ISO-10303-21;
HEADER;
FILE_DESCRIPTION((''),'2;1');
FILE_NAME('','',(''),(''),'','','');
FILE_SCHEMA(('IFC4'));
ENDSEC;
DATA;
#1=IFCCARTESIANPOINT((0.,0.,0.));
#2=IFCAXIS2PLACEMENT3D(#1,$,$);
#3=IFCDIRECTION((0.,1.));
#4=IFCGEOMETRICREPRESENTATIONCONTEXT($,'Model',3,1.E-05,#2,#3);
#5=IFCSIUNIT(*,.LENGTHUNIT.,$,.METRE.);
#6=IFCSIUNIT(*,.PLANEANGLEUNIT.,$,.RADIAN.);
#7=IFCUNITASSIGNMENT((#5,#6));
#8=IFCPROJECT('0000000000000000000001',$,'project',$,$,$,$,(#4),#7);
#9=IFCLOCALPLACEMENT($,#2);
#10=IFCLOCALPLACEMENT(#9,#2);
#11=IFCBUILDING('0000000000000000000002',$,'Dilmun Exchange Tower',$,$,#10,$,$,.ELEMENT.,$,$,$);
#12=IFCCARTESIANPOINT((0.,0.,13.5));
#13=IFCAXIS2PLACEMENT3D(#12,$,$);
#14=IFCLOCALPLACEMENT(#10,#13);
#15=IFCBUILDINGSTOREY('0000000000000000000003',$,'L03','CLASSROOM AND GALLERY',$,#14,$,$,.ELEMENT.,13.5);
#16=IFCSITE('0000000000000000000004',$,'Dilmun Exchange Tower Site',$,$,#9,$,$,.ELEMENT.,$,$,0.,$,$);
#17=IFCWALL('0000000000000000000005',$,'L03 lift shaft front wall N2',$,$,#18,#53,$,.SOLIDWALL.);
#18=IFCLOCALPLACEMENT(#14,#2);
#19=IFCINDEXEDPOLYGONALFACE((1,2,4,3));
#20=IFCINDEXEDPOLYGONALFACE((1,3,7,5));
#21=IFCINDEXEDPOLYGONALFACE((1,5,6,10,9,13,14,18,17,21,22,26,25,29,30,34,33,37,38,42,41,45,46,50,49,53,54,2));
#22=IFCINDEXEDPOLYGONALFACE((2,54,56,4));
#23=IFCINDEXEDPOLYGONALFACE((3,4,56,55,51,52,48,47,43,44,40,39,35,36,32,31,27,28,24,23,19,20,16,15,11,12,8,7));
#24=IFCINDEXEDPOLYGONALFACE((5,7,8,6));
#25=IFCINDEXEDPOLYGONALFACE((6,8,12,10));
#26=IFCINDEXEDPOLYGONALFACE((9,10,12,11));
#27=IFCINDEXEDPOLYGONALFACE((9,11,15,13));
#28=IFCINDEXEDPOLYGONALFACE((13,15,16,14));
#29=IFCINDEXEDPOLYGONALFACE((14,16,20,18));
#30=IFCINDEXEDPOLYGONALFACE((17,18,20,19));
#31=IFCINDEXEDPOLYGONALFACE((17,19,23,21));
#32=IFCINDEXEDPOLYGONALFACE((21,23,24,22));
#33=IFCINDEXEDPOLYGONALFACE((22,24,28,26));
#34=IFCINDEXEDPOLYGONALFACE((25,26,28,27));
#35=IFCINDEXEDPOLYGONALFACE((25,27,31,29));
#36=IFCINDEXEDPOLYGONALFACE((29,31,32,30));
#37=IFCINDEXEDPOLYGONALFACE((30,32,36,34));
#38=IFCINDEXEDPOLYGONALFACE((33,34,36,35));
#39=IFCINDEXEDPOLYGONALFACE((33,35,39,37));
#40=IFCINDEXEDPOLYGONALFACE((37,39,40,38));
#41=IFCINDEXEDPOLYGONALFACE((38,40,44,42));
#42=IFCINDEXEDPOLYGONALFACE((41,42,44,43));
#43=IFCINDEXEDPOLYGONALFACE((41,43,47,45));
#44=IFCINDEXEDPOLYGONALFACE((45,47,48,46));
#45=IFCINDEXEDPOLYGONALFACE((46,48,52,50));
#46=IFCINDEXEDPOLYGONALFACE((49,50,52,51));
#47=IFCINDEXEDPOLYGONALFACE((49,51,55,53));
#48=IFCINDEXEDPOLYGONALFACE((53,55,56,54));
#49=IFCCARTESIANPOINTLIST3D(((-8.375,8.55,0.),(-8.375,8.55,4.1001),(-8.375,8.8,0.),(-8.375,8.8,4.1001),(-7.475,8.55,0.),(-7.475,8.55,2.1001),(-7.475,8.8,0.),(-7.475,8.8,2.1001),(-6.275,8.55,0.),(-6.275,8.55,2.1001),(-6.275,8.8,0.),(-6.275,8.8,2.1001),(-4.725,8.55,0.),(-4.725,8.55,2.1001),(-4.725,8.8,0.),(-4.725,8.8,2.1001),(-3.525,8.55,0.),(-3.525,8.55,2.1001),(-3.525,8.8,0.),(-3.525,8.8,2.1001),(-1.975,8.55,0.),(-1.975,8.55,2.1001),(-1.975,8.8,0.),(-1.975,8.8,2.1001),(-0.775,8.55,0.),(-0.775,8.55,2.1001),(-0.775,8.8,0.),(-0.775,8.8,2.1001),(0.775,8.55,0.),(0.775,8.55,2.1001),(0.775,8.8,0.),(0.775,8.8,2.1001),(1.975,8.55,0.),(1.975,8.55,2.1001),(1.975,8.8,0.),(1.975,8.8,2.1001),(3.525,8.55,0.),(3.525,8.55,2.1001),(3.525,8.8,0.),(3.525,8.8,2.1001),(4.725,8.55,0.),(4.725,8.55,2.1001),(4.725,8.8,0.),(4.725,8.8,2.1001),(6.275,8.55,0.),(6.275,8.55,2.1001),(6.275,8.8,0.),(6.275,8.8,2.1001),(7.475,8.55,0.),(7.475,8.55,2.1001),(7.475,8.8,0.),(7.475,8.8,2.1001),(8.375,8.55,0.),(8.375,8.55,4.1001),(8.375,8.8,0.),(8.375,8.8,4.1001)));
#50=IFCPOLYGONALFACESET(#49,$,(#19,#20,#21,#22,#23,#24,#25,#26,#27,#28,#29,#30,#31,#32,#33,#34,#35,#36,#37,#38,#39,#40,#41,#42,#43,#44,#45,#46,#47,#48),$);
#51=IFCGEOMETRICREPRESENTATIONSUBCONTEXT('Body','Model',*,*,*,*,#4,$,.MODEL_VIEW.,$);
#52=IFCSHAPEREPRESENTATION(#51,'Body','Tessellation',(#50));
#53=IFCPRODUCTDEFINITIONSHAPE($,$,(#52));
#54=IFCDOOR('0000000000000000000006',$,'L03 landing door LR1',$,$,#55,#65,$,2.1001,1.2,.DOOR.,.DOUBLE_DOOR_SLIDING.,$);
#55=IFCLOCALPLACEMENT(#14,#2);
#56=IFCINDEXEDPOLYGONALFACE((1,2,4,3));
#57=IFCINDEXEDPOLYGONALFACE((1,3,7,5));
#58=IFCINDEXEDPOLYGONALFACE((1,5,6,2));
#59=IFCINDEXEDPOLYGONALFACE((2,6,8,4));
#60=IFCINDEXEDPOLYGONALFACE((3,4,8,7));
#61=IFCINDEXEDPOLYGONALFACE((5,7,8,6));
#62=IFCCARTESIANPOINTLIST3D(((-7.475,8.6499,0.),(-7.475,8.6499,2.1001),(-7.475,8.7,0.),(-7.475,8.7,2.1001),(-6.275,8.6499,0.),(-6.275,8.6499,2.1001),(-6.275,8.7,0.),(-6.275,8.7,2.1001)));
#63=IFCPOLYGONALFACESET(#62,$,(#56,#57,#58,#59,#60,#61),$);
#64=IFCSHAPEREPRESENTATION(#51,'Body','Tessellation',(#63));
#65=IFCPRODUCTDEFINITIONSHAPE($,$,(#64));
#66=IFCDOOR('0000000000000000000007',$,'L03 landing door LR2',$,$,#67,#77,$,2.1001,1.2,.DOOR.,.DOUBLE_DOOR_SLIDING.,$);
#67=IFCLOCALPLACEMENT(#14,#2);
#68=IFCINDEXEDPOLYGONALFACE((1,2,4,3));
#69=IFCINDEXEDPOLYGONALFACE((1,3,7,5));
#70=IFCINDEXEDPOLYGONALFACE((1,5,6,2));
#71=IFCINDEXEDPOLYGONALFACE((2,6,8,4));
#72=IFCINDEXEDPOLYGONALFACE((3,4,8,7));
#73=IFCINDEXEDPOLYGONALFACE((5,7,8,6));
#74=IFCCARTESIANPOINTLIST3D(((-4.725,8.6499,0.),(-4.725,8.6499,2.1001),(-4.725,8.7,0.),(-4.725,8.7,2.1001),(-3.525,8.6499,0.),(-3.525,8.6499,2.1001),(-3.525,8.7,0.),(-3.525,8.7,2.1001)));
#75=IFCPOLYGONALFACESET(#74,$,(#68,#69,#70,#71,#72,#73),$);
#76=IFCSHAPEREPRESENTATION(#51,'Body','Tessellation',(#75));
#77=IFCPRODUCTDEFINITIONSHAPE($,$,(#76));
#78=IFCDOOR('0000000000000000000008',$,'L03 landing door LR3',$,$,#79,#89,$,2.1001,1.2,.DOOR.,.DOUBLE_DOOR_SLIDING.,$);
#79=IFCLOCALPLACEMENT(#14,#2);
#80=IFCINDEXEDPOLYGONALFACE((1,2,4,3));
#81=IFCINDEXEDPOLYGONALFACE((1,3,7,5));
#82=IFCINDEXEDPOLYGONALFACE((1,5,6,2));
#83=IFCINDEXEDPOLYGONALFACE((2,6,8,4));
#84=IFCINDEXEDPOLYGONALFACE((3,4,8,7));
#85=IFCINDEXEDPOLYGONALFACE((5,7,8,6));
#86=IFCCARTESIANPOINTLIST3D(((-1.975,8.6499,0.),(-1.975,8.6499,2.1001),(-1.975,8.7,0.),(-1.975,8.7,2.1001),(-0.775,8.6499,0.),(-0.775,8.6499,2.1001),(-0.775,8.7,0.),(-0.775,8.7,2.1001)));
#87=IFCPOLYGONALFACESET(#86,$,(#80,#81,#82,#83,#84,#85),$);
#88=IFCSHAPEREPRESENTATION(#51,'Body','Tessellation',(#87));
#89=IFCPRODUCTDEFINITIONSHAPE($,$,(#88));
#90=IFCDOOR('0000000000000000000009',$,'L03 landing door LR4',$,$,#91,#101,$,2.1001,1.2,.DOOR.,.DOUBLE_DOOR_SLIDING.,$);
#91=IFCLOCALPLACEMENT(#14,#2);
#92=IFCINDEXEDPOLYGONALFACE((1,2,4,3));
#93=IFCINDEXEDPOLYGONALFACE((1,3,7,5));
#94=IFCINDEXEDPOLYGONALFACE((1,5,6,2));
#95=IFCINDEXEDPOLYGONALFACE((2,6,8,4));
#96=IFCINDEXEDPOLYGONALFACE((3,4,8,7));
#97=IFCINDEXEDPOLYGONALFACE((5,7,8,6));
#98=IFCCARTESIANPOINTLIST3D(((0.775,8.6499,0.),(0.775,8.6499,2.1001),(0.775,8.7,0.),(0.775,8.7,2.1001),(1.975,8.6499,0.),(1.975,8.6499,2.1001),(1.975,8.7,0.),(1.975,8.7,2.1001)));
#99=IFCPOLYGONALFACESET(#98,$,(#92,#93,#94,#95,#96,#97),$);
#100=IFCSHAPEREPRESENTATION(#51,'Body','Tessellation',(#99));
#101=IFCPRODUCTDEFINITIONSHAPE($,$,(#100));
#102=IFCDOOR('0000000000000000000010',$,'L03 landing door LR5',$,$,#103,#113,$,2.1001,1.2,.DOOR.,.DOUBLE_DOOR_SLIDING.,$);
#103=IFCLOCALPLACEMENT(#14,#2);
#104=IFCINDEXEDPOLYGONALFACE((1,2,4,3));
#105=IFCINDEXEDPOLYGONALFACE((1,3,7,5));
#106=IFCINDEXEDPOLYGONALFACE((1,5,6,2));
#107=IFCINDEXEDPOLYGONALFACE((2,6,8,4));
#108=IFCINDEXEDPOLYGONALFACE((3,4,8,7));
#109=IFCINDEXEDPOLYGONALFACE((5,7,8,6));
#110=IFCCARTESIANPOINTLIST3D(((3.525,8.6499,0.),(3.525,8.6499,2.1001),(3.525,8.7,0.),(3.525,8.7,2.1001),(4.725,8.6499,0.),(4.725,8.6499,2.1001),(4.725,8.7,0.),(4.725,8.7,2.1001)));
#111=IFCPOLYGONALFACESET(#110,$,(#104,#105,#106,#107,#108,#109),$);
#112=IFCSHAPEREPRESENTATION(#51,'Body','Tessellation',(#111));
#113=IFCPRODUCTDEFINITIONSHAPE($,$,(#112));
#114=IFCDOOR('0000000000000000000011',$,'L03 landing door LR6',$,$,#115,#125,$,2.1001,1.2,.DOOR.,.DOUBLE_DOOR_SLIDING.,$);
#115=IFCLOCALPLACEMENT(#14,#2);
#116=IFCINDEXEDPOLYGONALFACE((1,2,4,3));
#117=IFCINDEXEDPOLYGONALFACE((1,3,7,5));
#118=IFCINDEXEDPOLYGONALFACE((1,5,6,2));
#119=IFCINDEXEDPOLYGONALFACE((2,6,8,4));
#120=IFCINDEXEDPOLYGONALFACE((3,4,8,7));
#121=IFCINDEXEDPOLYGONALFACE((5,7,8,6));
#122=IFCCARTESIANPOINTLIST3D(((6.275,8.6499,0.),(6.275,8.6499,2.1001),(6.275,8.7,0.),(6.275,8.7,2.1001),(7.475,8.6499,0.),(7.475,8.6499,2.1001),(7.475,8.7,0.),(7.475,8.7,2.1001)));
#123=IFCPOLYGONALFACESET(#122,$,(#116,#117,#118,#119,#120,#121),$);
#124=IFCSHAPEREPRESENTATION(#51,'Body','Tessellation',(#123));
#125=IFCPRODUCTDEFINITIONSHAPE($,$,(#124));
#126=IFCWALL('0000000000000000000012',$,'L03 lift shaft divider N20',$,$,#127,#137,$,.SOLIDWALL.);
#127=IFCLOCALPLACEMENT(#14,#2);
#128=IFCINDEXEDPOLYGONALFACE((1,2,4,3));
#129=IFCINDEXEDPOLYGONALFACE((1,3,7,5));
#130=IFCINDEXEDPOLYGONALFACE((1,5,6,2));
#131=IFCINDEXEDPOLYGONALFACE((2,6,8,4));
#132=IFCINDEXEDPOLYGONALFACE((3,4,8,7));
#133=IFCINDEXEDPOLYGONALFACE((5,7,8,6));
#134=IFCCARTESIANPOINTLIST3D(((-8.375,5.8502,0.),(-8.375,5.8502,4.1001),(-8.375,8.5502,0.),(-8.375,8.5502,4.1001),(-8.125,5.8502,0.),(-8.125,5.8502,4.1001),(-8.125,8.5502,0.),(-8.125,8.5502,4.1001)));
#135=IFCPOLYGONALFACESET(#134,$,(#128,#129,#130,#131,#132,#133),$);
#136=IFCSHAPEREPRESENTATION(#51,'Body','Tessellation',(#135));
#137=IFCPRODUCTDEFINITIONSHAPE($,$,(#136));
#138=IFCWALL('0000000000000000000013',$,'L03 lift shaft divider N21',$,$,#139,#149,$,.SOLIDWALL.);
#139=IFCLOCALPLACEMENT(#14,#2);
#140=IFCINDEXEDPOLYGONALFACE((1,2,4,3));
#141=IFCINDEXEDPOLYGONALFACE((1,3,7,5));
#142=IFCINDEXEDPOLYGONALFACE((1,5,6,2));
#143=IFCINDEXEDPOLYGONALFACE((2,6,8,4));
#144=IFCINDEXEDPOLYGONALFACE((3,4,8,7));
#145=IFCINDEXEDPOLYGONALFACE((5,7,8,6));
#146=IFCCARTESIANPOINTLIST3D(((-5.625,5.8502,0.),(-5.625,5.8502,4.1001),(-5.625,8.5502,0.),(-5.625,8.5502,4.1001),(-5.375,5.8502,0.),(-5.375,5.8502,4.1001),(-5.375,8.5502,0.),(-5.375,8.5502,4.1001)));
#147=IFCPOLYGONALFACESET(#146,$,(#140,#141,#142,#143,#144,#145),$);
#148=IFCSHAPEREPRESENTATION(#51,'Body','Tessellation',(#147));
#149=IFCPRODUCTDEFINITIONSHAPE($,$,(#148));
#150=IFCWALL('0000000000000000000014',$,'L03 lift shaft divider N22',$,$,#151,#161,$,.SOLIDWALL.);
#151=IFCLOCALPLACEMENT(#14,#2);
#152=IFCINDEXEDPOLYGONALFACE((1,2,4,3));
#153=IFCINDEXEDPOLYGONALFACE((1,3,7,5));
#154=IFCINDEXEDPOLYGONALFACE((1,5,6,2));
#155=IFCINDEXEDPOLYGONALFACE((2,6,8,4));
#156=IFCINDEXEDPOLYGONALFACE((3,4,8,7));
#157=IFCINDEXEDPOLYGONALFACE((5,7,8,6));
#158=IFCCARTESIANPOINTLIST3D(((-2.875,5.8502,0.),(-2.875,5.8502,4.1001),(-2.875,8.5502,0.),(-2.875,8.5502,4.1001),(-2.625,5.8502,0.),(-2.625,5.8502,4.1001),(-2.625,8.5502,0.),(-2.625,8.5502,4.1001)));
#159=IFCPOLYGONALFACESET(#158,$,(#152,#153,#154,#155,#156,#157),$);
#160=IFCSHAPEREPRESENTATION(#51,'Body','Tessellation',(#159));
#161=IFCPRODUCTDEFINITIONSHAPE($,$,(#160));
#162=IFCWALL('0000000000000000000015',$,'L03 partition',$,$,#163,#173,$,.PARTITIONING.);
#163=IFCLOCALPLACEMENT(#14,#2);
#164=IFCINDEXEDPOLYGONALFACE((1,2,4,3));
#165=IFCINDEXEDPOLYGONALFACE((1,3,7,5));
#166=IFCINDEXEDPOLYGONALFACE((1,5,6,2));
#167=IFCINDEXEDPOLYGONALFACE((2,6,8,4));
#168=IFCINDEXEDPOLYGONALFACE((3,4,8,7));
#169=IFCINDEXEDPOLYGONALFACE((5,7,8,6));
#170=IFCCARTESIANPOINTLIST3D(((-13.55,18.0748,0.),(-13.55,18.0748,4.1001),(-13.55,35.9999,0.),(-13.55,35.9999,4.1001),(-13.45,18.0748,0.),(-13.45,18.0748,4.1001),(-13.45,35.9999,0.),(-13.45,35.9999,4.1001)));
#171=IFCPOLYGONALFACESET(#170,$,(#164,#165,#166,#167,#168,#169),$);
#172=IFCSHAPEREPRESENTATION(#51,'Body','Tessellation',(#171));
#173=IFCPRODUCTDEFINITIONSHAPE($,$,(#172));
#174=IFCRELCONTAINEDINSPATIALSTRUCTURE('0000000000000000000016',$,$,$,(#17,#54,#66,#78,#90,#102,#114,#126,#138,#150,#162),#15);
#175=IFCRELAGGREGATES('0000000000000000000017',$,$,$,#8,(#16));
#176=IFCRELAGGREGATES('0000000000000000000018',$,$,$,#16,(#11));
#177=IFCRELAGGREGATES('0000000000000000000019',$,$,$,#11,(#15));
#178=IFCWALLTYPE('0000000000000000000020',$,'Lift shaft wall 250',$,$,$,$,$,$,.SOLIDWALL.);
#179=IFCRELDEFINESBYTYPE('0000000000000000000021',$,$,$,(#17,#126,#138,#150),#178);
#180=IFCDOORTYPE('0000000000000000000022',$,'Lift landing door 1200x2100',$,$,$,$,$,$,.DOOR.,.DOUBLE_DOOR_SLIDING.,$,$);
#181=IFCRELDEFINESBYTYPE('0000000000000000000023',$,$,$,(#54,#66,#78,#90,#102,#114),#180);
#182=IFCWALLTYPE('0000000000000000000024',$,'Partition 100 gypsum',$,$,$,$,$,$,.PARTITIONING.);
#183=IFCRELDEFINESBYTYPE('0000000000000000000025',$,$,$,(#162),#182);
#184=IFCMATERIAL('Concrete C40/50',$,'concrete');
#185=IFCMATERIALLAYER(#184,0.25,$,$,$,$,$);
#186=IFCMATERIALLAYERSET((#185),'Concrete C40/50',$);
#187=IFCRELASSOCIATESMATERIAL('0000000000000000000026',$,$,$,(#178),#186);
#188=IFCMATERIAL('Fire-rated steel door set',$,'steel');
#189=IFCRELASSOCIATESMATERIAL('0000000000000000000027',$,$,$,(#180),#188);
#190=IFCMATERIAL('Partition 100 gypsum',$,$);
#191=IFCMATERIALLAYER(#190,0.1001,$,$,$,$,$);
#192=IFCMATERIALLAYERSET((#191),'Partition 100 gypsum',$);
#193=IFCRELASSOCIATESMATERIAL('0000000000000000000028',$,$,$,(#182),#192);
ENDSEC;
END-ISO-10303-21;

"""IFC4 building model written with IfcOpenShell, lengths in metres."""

from ifc_helpers import new_model, si_unit, direction, frame, frame_2d, origin, place, context, subcontext, project, spatial, rectangle, extrude, material, layer, layer_set, type_object, element, fill, save


model = new_model("IFC4")

# Units and contexts
model_context = context("Model", 3, precision=1e-05, world=origin(), true_north=direction((0.0, 1.0)))
body_context = subcontext(model_context, "Body", "Model", "MODEL_VIEW")
ifc_project = project(units=[si_unit("LENGTHUNIT", "METRE"), si_unit("PLANEANGLEUNIT", "RADIAN")], contexts=[model_context])

# Site, building, storey
site_placement = place(None, origin())
site = spatial("IfcSite", under=ifc_project, at=site_placement, Name="Dilmun Exchange Tower Site", CompositionType="ELEMENT", RefElevation=0.0)
building_placement = place(site_placement, origin())
building = spatial("IfcBuilding", under=site, at=building_placement, Name="Dilmun Exchange Tower", CompositionType="ELEMENT")
storey_placement = place(building_placement, frame((0.0, 0.0, 13.5)))
storey = spatial("IfcBuildingStorey", under=building, at=storey_placement, Name="L03", Description="CLASSROOM AND GALLERY", CompositionType="ELEMENT", Elevation=13.5)

# Shared definitions
ifc_material_1 = material(Name="Concrete C40/50", Category="concrete")
ifc_material_2 = material(Name="Fire-rated steel door set", Category="steel")

# Wall, openings, doors
ifc_layer_1 = layer(ifc_material_1, 0.25)
ifc_layer_set_1 = layer_set([ifc_layer_1], Name="Concrete C40/50")
wall_type_1 = type_object("IfcWallType", Name="Lift shaft wall 250", PredefinedType="SOLIDWALL", material=ifc_layer_set_1)
wall_1_placement = place(storey_placement, frame((-8.375, 8.675, 0.0), z_axis=(0.0, 0.0, 1.0), x_axis=(1.0, 0.0, 0.0)))
wall_1 = element("IfcWall", 1, at=wall_1_placement, inside=storey, type_object=wall_type_1, Name="L03 lift shaft front wall N2", PredefinedType="SOLIDWALL", context=body_context, shape_type="SweptSolid", body=[
    extrude(rectangle(XDim=16.75, YDim=0.25, at=frame_2d((8.375, 0.0))), origin(), (0.0, 0.0, 1.0), 4.1001),
])
opening_1_placement = place(wall_1_placement, frame((0.8999, 0.0, 0.0)))
opening_1 = element("IfcOpeningElement", 2, at=opening_1_placement, cuts=wall_1, PredefinedType="OPENING", context=body_context, shape_type="SweptSolid", body=[
    extrude(rectangle(XDim=1.2, YDim=2.1001, at=frame_2d((0.6001, 1.05))), frame((0.0, 0.135, 0.0), z_axis=(0.0, -1.0, 0.0), x_axis=(1.0, 0.0, 0.0)), (0.0, 0.0, 1.0), 0.27),
])
opening_2_placement = place(wall_1_placement, frame((3.6499, 0.0, 0.0)))
opening_2 = element("IfcOpeningElement", 3, at=opening_2_placement, cuts=wall_1, PredefinedType="OPENING", context=body_context, shape_type="SweptSolid", body=[
    extrude(rectangle(XDim=1.2, YDim=2.1001, at=frame_2d((0.6001, 1.05))), frame((0.0, 0.135, 0.0), z_axis=(0.0, -1.0, 0.0), x_axis=(1.0, 0.0, 0.0)), (0.0, 0.0, 1.0), 0.27),
])
opening_3_placement = place(wall_1_placement, frame((6.3999, 0.0, 0.0)))
opening_3 = element("IfcOpeningElement", 4, at=opening_3_placement, cuts=wall_1, PredefinedType="OPENING", context=body_context, shape_type="SweptSolid", body=[
    extrude(rectangle(XDim=1.2, YDim=2.1001, at=frame_2d((0.6001, 1.05))), frame((0.0, 0.135, 0.0), z_axis=(0.0, -1.0, 0.0), x_axis=(1.0, 0.0, 0.0)), (0.0, 0.0, 1.0), 0.27),
])
opening_4_placement = place(wall_1_placement, frame((9.1499, 0.0, 0.0)))
opening_4 = element("IfcOpeningElement", 5, at=opening_4_placement, cuts=wall_1, PredefinedType="OPENING", context=body_context, shape_type="SweptSolid", body=[
    extrude(rectangle(XDim=1.2, YDim=2.1001, at=frame_2d((0.6001, 1.05))), frame((0.0, 0.135, 0.0), z_axis=(0.0, -1.0, 0.0), x_axis=(1.0, 0.0, 0.0)), (0.0, 0.0, 1.0), 0.27),
])
opening_5_placement = place(wall_1_placement, frame((11.8999, 0.0, 0.0)))
opening_5 = element("IfcOpeningElement", 6, at=opening_5_placement, cuts=wall_1, PredefinedType="OPENING", context=body_context, shape_type="SweptSolid", body=[
    extrude(rectangle(XDim=1.2, YDim=2.1001, at=frame_2d((0.6001, 1.05))), frame((0.0, 0.135, 0.0), z_axis=(0.0, -1.0, 0.0), x_axis=(1.0, 0.0, 0.0)), (0.0, 0.0, 1.0), 0.27),
])
opening_6_placement = place(wall_1_placement, frame((14.6499, 0.0, 0.0)))
opening_6 = element("IfcOpeningElement", 7, at=opening_6_placement, cuts=wall_1, PredefinedType="OPENING", context=body_context, shape_type="SweptSolid", body=[
    extrude(rectangle(XDim=1.2, YDim=2.1001, at=frame_2d((0.6001, 1.05))), frame((0.0, 0.135, 0.0), z_axis=(0.0, -1.0, 0.0), x_axis=(1.0, 0.0, 0.0)), (0.0, 0.0, 1.0), 0.27),
])
door_type_1 = type_object("IfcDoorType", Name="Lift landing door 1200x2100", OperationType="DOUBLE_DOOR_SLIDING", PredefinedType="DOOR", material=ifc_material_2)
door_1_placement = place(opening_1_placement, origin())
door_1 = element("IfcDoor", 8, at=door_1_placement, inside=storey, type_object=door_type_1, Name="L03 landing door LR1", OperationType="DOUBLE_DOOR_SLIDING", OverallHeight=2.1001, OverallWidth=1.2, PredefinedType="DOOR", context=body_context, shape_type="SweptSolid", body=[
    extrude(rectangle(XDim=1.2, YDim=2.1001, at=frame_2d((0.6001, 1.05))), frame((0.0, 0.0249, 0.0), z_axis=(0.0, -1.0, 0.0), x_axis=(1.0, 0.0, 0.0)), (0.0, 0.0, 1.0), 0.05),
])
fill(opening_1, door_1)
door_2_placement = place(opening_2_placement, origin())
door_2 = element("IfcDoor", 9, at=door_2_placement, inside=storey, type_object=door_type_1, Name="L03 landing door LR2", OperationType="DOUBLE_DOOR_SLIDING", OverallHeight=2.1001, OverallWidth=1.2, PredefinedType="DOOR", context=body_context, shape_type="SweptSolid", body=[
    extrude(rectangle(XDim=1.2, YDim=2.1001, at=frame_2d((0.6001, 1.05))), frame((0.0, 0.0249, 0.0), z_axis=(0.0, -1.0, 0.0), x_axis=(1.0, 0.0, 0.0)), (0.0, 0.0, 1.0), 0.05),
])
fill(opening_2, door_2)
door_3_placement = place(opening_3_placement, origin())
door_3 = element("IfcDoor", 10, at=door_3_placement, inside=storey, type_object=door_type_1, Name="L03 landing door LR3", OperationType="DOUBLE_DOOR_SLIDING", OverallHeight=2.1001, OverallWidth=1.2, PredefinedType="DOOR", context=body_context, shape_type="SweptSolid", body=[
    extrude(rectangle(XDim=1.2, YDim=2.1001, at=frame_2d((0.6001, 1.05))), frame((0.0, 0.0249, 0.0), z_axis=(0.0, -1.0, 0.0), x_axis=(1.0, 0.0, 0.0)), (0.0, 0.0, 1.0), 0.05),
])
fill(opening_3, door_3)
door_4_placement = place(opening_4_placement, origin())
door_4 = element("IfcDoor", 11, at=door_4_placement, inside=storey, type_object=door_type_1, Name="L03 landing door LR4", OperationType="DOUBLE_DOOR_SLIDING", OverallHeight=2.1001, OverallWidth=1.2, PredefinedType="DOOR", context=body_context, shape_type="SweptSolid", body=[
    extrude(rectangle(XDim=1.2, YDim=2.1001, at=frame_2d((0.6001, 1.05))), frame((0.0, 0.0249, 0.0), z_axis=(0.0, -1.0, 0.0), x_axis=(1.0, 0.0, 0.0)), (0.0, 0.0, 1.0), 0.05),
])
fill(opening_4, door_4)
door_5_placement = place(opening_5_placement, origin())
door_5 = element("IfcDoor", 12, at=door_5_placement, inside=storey, type_object=door_type_1, Name="L03 landing door LR5", OperationType="DOUBLE_DOOR_SLIDING", OverallHeight=2.1001, OverallWidth=1.2, PredefinedType="DOOR", context=body_context, shape_type="SweptSolid", body=[
    extrude(rectangle(XDim=1.2, YDim=2.1001, at=frame_2d((0.6001, 1.05))), frame((0.0, 0.0249, 0.0), z_axis=(0.0, -1.0, 0.0), x_axis=(1.0, 0.0, 0.0)), (0.0, 0.0, 1.0), 0.05),
])
fill(opening_5, door_5)
door_6_placement = place(opening_6_placement, origin())
door_6 = element("IfcDoor", 13, at=door_6_placement, inside=storey, type_object=door_type_1, Name="L03 landing door LR6", OperationType="DOUBLE_DOOR_SLIDING", OverallHeight=2.1001, OverallWidth=1.2, PredefinedType="DOOR", context=body_context, shape_type="SweptSolid", body=[
    extrude(rectangle(XDim=1.2, YDim=2.1001, at=frame_2d((0.6001, 1.05))), frame((0.0, 0.0249, 0.0), z_axis=(0.0, -1.0, 0.0), x_axis=(1.0, 0.0, 0.0)), (0.0, 0.0, 1.0), 0.05),
])
fill(opening_6, door_6)

# Walls
for number, where, z_axis, x_axis, name in (
    (14, (-8.25, 5.8501, 0.0), (0.0, 0.0, 1.0), (0.0, 1.0, 0.0), "L03 lift shaft divider N20"),
    (15, (-5.5, 5.8501, 0.0), (0.0, 0.0, 1.0), (0.0, 1.0, 0.0), "L03 lift shaft divider N21"),
    (16, (-2.75, 5.8501, 0.0), (0.0, 0.0, 1.0), (0.0, 1.0, 0.0), "L03 lift shaft divider N22"),
):
    element("IfcWall", number, at=place(storey_placement, frame(where, z_axis=z_axis, x_axis=x_axis)), inside=storey, type_object=wall_type_1, Name=name, PredefinedType="SOLIDWALL", context=body_context, shape_type="SweptSolid", body=[
        extrude(rectangle(XDim=2.7, YDim=0.25, at=frame_2d((1.3501, 0.0))), origin(), (0.0, 0.0, 1.0), 4.1001),
    ])
ifc_material_3 = material(Name="Partition 100 gypsum")
ifc_layer_2 = layer(ifc_material_3, 0.1001)
ifc_layer_set_2 = layer_set([ifc_layer_2], Name="Partition 100 gypsum")
wall_type_2 = type_object("IfcWallType", Name="Partition 100 gypsum", PredefinedType="PARTITIONING", material=ifc_layer_set_2)
wall_2_placement = place(storey_placement, frame((-13.5, 18.075, 0.0), z_axis=(0.0, 0.0, 1.0), x_axis=(0.0, 1.0, 0.0)))
element("IfcWall", 17, at=wall_2_placement, inside=storey, type_object=wall_type_2, Name="L03 partition", PredefinedType="PARTITIONING", context=body_context, shape_type="SweptSolid", body=[
    extrude(rectangle(XDim=17.925, YDim=0.1001, at=frame_2d((8.9624, 0.0))), origin(), (0.0, 0.0, 1.0), 4.1001),
])

save(model, "model.ifc")
